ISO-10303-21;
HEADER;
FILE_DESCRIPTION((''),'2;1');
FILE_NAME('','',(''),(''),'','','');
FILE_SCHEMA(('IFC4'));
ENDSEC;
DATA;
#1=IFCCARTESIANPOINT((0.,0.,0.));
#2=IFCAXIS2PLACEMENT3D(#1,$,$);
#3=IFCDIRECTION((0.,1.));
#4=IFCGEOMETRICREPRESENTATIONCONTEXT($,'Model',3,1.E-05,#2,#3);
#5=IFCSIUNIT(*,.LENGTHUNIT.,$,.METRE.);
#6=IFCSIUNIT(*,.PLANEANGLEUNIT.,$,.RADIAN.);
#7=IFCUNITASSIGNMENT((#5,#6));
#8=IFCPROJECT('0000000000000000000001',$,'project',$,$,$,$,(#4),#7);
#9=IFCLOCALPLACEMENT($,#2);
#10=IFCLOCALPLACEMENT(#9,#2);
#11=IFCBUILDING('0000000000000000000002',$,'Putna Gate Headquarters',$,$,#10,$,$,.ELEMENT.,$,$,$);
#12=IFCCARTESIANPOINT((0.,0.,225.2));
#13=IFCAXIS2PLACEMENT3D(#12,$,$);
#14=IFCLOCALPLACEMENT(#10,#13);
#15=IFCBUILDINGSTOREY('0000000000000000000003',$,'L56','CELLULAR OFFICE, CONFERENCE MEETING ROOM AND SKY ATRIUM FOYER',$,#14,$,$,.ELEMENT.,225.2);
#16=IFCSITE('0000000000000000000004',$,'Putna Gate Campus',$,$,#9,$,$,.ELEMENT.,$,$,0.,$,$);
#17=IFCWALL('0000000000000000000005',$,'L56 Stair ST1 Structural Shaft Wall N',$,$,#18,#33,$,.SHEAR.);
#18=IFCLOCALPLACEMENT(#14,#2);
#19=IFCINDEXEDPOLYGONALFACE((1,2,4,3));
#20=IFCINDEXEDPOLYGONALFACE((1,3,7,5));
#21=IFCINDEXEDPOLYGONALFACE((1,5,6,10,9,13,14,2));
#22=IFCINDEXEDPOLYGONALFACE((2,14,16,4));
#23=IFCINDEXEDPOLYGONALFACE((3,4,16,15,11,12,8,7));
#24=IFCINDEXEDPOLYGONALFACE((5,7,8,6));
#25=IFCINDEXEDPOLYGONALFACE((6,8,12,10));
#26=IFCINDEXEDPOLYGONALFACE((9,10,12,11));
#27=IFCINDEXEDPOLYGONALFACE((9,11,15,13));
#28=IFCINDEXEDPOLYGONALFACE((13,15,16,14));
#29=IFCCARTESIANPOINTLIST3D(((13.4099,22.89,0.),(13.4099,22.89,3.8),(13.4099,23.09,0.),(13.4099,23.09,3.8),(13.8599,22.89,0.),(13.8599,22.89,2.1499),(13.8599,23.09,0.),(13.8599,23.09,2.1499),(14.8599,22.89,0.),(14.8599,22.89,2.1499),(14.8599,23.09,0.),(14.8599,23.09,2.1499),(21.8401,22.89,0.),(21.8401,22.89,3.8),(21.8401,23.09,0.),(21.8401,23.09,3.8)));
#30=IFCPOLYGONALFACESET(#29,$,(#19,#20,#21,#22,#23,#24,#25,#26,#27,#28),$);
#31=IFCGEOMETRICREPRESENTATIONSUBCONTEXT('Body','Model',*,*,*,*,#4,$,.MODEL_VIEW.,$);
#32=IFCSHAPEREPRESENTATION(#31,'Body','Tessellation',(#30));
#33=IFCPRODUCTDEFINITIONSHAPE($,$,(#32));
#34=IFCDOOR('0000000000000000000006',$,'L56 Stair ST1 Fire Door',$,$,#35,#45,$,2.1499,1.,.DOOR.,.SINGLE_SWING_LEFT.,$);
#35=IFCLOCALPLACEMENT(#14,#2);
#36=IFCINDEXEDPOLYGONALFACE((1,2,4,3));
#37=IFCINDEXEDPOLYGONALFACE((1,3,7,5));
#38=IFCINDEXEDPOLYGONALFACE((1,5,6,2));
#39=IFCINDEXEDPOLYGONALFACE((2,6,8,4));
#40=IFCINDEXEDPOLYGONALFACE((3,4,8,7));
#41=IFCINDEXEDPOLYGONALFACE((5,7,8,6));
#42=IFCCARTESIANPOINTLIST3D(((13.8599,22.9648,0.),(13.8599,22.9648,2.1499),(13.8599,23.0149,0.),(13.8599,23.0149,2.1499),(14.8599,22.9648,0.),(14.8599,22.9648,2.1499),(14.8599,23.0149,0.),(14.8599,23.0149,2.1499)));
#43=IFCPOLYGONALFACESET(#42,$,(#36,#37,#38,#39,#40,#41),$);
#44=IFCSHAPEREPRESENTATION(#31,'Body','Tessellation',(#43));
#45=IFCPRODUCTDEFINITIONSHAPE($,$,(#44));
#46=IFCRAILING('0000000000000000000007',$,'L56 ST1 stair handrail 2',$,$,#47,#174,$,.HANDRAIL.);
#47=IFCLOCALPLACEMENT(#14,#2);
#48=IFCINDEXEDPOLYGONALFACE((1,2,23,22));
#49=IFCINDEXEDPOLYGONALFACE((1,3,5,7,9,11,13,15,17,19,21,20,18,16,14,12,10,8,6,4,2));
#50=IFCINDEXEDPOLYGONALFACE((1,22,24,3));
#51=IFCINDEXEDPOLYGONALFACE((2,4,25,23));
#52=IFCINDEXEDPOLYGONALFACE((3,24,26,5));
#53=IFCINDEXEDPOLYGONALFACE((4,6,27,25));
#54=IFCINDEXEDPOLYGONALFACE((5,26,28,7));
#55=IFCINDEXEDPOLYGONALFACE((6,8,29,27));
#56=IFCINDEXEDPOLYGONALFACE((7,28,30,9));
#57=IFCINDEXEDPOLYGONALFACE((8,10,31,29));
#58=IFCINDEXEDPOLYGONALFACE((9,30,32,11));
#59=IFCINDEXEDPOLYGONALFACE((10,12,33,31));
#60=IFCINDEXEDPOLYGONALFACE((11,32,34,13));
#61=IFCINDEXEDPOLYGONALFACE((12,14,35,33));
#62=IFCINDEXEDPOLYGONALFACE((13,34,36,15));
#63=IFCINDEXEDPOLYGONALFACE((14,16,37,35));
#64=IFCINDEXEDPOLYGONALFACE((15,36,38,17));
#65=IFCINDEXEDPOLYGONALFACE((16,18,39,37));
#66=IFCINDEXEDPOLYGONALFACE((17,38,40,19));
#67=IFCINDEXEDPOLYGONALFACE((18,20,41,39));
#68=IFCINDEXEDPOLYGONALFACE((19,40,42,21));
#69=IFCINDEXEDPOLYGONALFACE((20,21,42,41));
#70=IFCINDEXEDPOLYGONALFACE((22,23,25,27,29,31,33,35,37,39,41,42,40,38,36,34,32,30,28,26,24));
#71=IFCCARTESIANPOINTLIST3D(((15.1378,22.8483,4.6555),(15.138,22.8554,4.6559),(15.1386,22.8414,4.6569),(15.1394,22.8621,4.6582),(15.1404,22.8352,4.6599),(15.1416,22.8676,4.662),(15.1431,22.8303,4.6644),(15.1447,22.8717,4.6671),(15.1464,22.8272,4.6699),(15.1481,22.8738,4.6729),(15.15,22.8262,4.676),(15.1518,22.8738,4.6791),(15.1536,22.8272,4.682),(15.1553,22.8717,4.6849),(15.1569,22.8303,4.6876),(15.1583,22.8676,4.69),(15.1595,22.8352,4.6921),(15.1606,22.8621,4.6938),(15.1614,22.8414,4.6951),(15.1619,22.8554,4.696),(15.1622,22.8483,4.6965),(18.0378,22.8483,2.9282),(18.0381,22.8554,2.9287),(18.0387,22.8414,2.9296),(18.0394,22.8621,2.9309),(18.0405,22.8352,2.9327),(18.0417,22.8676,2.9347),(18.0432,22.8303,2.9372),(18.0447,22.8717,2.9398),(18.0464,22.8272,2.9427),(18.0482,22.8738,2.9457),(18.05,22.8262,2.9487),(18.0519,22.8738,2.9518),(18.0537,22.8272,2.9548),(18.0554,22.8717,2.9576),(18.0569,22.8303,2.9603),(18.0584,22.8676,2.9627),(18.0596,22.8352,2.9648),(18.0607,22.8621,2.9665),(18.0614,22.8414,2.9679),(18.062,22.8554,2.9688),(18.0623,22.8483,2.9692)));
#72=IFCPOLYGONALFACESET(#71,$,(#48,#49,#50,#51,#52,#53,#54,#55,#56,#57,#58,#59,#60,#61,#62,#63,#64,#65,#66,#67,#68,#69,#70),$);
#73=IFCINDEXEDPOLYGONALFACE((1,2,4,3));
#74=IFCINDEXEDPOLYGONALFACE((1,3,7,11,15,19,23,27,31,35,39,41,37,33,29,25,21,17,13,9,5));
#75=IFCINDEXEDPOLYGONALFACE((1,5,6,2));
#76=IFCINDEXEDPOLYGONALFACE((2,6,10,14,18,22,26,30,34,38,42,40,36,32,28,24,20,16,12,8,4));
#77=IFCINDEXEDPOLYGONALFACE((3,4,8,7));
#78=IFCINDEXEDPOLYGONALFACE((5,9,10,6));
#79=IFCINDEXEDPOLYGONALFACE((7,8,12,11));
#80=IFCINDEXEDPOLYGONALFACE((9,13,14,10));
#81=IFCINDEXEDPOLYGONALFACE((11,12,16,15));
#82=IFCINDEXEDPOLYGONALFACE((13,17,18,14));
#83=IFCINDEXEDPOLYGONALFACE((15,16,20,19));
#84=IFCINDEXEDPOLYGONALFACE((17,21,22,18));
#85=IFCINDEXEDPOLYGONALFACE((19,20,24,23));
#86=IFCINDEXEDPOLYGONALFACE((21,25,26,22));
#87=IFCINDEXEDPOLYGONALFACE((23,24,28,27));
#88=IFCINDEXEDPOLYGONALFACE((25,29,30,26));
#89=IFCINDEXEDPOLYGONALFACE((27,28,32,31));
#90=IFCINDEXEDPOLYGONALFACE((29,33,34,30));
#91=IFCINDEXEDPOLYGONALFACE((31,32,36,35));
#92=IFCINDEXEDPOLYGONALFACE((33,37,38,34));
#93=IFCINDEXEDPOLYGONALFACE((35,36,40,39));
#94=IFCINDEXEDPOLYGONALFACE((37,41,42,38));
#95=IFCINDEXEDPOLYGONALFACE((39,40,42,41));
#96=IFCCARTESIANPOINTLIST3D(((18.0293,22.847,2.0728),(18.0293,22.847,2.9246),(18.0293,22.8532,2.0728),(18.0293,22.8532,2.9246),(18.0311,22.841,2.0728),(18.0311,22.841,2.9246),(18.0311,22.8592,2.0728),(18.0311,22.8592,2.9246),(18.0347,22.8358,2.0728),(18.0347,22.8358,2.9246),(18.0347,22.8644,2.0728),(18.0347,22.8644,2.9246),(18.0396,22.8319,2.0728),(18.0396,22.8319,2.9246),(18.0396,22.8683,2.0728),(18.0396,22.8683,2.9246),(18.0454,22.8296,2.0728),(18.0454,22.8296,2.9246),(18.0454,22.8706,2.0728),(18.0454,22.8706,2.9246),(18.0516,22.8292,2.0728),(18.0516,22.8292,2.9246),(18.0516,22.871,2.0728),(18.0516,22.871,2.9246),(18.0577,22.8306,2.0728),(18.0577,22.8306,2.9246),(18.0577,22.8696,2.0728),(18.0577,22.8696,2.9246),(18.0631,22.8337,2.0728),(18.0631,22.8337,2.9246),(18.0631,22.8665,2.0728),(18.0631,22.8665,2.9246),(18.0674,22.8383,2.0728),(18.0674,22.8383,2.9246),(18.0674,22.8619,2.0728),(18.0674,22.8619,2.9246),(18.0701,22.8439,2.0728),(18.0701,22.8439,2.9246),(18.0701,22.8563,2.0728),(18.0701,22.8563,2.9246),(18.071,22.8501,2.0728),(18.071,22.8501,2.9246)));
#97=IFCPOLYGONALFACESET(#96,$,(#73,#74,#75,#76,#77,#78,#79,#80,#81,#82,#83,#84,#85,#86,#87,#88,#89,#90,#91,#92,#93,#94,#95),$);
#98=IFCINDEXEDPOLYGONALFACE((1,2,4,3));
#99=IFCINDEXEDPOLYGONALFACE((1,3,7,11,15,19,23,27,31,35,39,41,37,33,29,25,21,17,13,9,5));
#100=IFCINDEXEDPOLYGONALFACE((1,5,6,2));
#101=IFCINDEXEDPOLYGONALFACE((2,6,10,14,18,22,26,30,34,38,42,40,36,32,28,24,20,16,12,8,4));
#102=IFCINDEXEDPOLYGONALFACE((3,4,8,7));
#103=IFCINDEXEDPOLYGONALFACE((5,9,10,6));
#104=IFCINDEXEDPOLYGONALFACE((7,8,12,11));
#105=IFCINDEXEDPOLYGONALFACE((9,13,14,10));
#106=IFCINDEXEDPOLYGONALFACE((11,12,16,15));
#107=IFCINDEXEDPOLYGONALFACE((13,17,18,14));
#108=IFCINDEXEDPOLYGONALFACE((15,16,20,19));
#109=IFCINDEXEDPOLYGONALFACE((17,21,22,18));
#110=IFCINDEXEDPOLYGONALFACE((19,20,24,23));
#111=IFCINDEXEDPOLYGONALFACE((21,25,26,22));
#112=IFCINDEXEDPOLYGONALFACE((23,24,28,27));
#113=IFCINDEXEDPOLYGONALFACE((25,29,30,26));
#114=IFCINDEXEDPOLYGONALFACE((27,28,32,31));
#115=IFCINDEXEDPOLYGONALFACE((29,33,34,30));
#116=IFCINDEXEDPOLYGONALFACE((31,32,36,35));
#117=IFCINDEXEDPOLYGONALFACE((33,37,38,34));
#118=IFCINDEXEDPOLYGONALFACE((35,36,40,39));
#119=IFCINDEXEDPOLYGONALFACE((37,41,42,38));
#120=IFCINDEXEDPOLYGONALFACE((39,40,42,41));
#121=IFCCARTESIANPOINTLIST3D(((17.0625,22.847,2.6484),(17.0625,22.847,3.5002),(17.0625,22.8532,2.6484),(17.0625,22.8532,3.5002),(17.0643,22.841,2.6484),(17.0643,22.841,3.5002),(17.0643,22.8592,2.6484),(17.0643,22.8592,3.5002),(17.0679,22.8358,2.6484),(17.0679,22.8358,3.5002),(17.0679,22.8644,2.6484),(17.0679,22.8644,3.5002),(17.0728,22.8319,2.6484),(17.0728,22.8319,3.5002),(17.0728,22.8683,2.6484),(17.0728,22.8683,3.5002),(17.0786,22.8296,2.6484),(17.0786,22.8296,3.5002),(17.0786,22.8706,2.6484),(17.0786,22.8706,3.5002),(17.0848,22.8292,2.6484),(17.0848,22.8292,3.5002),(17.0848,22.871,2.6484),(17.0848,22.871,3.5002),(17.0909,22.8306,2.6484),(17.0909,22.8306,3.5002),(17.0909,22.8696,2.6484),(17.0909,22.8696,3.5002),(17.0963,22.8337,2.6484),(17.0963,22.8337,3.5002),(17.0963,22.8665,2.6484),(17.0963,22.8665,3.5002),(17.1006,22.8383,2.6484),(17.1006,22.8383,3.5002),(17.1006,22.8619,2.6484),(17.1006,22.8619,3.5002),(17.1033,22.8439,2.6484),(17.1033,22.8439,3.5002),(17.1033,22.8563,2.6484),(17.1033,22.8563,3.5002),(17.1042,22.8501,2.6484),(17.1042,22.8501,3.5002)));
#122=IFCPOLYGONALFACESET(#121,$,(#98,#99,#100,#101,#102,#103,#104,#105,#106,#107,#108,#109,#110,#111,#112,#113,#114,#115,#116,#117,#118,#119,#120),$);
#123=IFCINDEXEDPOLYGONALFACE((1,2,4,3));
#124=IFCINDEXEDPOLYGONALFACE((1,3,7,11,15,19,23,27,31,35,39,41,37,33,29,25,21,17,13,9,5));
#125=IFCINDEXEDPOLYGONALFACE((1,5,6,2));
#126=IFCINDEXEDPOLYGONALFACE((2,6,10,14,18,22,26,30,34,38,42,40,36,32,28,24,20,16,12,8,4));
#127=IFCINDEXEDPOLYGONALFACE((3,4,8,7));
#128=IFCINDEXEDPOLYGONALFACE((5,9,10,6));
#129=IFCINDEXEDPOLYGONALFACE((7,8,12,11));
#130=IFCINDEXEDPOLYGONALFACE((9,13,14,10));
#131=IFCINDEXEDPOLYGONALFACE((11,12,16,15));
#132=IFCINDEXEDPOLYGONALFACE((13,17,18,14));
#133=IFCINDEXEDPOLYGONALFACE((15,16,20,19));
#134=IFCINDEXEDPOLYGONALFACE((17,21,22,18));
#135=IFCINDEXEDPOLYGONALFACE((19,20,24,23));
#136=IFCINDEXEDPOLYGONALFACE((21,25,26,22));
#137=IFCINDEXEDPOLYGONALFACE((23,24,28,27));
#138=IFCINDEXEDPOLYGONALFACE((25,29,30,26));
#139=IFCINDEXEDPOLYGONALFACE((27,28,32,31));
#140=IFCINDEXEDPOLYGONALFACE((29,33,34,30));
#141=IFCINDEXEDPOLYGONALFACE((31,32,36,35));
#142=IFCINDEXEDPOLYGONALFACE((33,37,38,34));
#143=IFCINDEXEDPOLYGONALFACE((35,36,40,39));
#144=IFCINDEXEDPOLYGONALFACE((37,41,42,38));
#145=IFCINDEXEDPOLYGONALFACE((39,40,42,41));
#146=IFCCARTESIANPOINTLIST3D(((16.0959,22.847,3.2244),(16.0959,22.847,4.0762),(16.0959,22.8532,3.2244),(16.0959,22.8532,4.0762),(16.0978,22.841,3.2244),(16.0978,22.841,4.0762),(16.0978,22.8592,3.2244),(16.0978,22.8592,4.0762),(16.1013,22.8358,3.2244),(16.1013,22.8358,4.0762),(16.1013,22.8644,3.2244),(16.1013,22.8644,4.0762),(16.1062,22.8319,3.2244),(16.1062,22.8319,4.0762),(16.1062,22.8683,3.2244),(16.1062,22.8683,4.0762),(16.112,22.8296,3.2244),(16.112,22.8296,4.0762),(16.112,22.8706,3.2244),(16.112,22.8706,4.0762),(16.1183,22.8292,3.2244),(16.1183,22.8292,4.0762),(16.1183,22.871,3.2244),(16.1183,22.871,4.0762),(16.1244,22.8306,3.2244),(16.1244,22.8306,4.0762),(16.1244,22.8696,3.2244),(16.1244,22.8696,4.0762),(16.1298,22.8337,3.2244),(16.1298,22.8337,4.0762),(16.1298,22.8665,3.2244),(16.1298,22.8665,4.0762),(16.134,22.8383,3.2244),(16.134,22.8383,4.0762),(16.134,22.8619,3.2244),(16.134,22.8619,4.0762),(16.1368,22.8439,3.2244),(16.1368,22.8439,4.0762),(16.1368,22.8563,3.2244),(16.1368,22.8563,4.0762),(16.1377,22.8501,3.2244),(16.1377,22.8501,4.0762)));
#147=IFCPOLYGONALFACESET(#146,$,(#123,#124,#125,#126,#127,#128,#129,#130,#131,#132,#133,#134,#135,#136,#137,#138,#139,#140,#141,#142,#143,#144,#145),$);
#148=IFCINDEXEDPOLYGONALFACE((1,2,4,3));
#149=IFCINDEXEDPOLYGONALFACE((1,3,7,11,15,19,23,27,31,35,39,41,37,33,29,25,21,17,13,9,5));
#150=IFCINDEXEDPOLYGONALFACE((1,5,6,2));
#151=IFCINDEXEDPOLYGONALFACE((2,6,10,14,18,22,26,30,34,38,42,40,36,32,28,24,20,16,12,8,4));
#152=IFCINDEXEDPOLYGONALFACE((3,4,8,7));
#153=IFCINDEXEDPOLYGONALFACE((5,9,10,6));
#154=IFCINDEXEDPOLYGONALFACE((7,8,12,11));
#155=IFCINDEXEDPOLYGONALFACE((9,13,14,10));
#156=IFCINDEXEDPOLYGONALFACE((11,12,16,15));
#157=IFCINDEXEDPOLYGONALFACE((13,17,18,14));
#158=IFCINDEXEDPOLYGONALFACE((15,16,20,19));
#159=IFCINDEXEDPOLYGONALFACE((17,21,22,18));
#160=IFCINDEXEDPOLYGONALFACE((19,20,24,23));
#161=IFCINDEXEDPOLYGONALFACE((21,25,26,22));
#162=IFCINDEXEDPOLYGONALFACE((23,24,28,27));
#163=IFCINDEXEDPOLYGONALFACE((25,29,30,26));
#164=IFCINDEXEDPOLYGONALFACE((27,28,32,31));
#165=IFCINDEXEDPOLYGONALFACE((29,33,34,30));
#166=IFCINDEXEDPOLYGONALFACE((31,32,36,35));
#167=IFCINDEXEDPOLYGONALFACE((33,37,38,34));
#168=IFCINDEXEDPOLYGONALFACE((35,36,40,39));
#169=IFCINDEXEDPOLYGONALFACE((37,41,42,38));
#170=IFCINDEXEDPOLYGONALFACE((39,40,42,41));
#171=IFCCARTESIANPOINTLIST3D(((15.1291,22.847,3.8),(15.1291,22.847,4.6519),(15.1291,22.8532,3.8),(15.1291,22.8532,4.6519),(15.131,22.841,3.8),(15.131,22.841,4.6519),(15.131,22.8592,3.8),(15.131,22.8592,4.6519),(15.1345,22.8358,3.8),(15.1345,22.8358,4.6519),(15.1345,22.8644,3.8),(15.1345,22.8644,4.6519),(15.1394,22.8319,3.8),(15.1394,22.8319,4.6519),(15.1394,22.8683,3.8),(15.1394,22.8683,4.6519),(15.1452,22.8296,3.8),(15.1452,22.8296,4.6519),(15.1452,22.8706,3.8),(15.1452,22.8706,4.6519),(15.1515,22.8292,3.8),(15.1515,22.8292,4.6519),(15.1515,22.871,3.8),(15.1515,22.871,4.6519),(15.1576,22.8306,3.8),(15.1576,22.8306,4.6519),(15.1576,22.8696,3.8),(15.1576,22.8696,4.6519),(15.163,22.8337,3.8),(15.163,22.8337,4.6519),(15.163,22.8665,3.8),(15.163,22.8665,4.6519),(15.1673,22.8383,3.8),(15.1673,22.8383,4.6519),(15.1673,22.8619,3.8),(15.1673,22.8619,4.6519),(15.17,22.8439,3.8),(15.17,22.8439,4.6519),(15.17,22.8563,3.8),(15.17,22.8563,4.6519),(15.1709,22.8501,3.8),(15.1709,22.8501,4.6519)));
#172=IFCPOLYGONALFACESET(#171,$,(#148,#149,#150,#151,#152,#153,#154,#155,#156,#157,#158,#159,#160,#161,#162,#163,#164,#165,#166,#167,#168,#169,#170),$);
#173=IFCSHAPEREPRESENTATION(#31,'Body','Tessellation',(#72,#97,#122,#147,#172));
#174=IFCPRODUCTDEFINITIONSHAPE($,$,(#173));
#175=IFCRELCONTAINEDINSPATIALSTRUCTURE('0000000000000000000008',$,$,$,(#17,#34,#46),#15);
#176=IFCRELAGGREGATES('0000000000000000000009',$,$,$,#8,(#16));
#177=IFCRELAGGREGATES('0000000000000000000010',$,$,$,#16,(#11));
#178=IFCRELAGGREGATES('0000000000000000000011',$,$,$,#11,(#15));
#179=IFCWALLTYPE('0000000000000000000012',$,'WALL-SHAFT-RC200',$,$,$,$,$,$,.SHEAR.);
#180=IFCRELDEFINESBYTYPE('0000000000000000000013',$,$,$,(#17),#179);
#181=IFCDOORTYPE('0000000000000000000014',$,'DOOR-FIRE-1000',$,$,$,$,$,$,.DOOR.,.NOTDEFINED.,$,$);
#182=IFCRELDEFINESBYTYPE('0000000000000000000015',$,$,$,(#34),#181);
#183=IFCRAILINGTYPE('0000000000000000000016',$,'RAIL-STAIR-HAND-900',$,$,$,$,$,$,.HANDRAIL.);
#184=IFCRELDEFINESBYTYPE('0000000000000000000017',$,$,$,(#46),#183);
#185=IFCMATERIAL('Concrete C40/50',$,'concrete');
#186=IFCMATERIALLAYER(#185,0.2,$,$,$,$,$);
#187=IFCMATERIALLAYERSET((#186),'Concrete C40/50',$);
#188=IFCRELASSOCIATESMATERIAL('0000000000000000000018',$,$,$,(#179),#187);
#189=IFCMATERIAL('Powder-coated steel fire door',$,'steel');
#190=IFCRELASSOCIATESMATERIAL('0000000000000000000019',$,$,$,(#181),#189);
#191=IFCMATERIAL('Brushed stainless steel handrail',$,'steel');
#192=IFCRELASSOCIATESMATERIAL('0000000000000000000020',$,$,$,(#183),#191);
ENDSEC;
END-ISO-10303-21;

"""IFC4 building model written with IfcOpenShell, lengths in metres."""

from ifc_helpers import new_model, si_unit, direction, frame, frame_2d, origin, origin_2d, place, context, subcontext, project, spatial, rectangle, circle, extrude, material, layer, layer_set, type_object, element, fill, save


model = new_model("IFC4")

# Units and contexts
model_context = context("Model", 3, precision=1e-05, world=origin(), true_north=direction((0.0, 1.0)))
body_context = subcontext(model_context, "Body", "Model", "MODEL_VIEW")
ifc_project = project(units=[si_unit("LENGTHUNIT", "METRE"), si_unit("PLANEANGLEUNIT", "RADIAN")], contexts=[model_context])

# Site, building, storey
site_placement = place(None, origin())
site = spatial("IfcSite", under=ifc_project, at=site_placement, Name="Putna Gate Campus", CompositionType="ELEMENT", RefElevation=0.0)
building_placement = place(site_placement, origin())
building = spatial("IfcBuilding", under=site, at=building_placement, Name="Putna Gate Headquarters", CompositionType="ELEMENT")
storey_placement = place(building_placement, frame((0.0, 0.0, 225.2)))
storey = spatial("IfcBuildingStorey", under=building, at=storey_placement, Name="L56", Description="CELLULAR OFFICE, CONFERENCE MEETING ROOM AND SKY ATRIUM FOYER", CompositionType="ELEMENT", Elevation=225.2)

# Shared definitions
ifc_material_1 = material(Name="Concrete C40/50", Category="concrete")

# Wall, opening, door
ifc_layer_1 = layer(ifc_material_1, 0.2)
ifc_layer_set_1 = layer_set([ifc_layer_1], Name="Concrete C40/50")
wall_type_1 = type_object("IfcWallType", Name="WALL-SHAFT-RC200", PredefinedType="SHEAR", material=ifc_layer_set_1)
wall_1_placement = place(storey_placement, frame((13.4099, 22.99, 0.0), z_axis=(0.0, 0.0, 1.0), x_axis=(1.0, 0.0, 0.0)))
wall_1 = element("IfcWall", 1, at=wall_1_placement, inside=storey, type_object=wall_type_1, Name="L56 Stair ST1 Structural Shaft Wall N", PredefinedType="SHEAR", context=body_context, shape_type="SweptSolid", body=[
    extrude(rectangle(XDim=8.4302, YDim=0.2, at=frame_2d((4.2151, 0.0))), origin(), (0.0, 0.0, 1.0), 3.8),
])
opening_1_placement = place(wall_1_placement, frame((0.45, 0.0, 0.0)))
opening_1 = element("IfcOpeningElement", 2, at=opening_1_placement, cuts=wall_1, PredefinedType="OPENING", context=body_context, shape_type="SweptSolid", body=[
    extrude(rectangle(XDim=1.0, YDim=2.1499, at=frame_2d((0.5, 1.075))), frame((0.0, 0.1099, 0.0), z_axis=(0.0, -1.0, 0.0), x_axis=(1.0, 0.0, 0.0)), (0.0, 0.0, 1.0), 0.22),
])
ifc_material_2 = material(Name="Powder-coated steel fire door", Category="steel")
door_type_1 = type_object("IfcDoorType", Name="DOOR-FIRE-1000", OperationType="NOTDEFINED", PredefinedType="DOOR", material=ifc_material_2)
door_1_placement = place(opening_1_placement, origin())
door_1 = element("IfcDoor", 3, at=door_1_placement, inside=storey, type_object=door_type_1, Name="L56 Stair ST1 Fire Door", OperationType="SINGLE_SWING_LEFT", OverallHeight=2.1499, OverallWidth=1.0, PredefinedType="DOOR", context=body_context, shape_type="SweptSolid", body=[
    extrude(rectangle(XDim=1.0, YDim=2.1499, at=frame_2d((0.5, 1.075))), frame((0.0, 0.0249, 0.0), z_axis=(0.0, -1.0, 0.0), x_axis=(1.0, 0.0, 0.0)), (0.0, 0.0, 1.0), 0.05),
])
fill(opening_1, door_1)

# Railing
ifc_material_3 = material(Name="Brushed stainless steel handrail", Category="steel")
railing_type = type_object("IfcRailingType", Name="RAIL-STAIR-HAND-900", PredefinedType="HANDRAIL", material=ifc_material_3)
railing_placement = place(storey_placement, frame((18.05, 22.8501, 2.0728)))
element("IfcRailing", 4, at=railing_placement, inside=storey, type_object=railing_type, Name="L56 ST1 stair handrail 2", PredefinedType="HANDRAIL", context=body_context, shape_type="SweptSolid", body=[
    extrude(circle(Radius=0.0239, at=origin_2d()), frame((0.0, 0.0, 0.876), z_axis=(-0.85916, 0.0, 0.511706), x_axis=(0.0, -1.0, 0.0)), (0.0, 0.0, 1.0), 3.3755),
    extrude(circle(Radius=0.021, at=origin_2d()), origin(), (0.0, 0.0, 1.0), 0.8518),
    extrude(circle(Radius=0.021, at=origin_2d()), frame((-0.9668, 0.0, 0.5757)), (0.0, 0.0, 1.0), 0.8518),
    extrude(circle(Radius=0.021, at=origin_2d()), frame((-1.9333, 0.0, 1.1516)), (0.0, 0.0, 1.0), 0.8518),
    extrude(circle(Radius=0.021, at=origin_2d()), frame((-2.9001, 0.0, 1.7273)), (0.0, 0.0, 1.0), 0.8518),
])

save(model, "model.ifc")
